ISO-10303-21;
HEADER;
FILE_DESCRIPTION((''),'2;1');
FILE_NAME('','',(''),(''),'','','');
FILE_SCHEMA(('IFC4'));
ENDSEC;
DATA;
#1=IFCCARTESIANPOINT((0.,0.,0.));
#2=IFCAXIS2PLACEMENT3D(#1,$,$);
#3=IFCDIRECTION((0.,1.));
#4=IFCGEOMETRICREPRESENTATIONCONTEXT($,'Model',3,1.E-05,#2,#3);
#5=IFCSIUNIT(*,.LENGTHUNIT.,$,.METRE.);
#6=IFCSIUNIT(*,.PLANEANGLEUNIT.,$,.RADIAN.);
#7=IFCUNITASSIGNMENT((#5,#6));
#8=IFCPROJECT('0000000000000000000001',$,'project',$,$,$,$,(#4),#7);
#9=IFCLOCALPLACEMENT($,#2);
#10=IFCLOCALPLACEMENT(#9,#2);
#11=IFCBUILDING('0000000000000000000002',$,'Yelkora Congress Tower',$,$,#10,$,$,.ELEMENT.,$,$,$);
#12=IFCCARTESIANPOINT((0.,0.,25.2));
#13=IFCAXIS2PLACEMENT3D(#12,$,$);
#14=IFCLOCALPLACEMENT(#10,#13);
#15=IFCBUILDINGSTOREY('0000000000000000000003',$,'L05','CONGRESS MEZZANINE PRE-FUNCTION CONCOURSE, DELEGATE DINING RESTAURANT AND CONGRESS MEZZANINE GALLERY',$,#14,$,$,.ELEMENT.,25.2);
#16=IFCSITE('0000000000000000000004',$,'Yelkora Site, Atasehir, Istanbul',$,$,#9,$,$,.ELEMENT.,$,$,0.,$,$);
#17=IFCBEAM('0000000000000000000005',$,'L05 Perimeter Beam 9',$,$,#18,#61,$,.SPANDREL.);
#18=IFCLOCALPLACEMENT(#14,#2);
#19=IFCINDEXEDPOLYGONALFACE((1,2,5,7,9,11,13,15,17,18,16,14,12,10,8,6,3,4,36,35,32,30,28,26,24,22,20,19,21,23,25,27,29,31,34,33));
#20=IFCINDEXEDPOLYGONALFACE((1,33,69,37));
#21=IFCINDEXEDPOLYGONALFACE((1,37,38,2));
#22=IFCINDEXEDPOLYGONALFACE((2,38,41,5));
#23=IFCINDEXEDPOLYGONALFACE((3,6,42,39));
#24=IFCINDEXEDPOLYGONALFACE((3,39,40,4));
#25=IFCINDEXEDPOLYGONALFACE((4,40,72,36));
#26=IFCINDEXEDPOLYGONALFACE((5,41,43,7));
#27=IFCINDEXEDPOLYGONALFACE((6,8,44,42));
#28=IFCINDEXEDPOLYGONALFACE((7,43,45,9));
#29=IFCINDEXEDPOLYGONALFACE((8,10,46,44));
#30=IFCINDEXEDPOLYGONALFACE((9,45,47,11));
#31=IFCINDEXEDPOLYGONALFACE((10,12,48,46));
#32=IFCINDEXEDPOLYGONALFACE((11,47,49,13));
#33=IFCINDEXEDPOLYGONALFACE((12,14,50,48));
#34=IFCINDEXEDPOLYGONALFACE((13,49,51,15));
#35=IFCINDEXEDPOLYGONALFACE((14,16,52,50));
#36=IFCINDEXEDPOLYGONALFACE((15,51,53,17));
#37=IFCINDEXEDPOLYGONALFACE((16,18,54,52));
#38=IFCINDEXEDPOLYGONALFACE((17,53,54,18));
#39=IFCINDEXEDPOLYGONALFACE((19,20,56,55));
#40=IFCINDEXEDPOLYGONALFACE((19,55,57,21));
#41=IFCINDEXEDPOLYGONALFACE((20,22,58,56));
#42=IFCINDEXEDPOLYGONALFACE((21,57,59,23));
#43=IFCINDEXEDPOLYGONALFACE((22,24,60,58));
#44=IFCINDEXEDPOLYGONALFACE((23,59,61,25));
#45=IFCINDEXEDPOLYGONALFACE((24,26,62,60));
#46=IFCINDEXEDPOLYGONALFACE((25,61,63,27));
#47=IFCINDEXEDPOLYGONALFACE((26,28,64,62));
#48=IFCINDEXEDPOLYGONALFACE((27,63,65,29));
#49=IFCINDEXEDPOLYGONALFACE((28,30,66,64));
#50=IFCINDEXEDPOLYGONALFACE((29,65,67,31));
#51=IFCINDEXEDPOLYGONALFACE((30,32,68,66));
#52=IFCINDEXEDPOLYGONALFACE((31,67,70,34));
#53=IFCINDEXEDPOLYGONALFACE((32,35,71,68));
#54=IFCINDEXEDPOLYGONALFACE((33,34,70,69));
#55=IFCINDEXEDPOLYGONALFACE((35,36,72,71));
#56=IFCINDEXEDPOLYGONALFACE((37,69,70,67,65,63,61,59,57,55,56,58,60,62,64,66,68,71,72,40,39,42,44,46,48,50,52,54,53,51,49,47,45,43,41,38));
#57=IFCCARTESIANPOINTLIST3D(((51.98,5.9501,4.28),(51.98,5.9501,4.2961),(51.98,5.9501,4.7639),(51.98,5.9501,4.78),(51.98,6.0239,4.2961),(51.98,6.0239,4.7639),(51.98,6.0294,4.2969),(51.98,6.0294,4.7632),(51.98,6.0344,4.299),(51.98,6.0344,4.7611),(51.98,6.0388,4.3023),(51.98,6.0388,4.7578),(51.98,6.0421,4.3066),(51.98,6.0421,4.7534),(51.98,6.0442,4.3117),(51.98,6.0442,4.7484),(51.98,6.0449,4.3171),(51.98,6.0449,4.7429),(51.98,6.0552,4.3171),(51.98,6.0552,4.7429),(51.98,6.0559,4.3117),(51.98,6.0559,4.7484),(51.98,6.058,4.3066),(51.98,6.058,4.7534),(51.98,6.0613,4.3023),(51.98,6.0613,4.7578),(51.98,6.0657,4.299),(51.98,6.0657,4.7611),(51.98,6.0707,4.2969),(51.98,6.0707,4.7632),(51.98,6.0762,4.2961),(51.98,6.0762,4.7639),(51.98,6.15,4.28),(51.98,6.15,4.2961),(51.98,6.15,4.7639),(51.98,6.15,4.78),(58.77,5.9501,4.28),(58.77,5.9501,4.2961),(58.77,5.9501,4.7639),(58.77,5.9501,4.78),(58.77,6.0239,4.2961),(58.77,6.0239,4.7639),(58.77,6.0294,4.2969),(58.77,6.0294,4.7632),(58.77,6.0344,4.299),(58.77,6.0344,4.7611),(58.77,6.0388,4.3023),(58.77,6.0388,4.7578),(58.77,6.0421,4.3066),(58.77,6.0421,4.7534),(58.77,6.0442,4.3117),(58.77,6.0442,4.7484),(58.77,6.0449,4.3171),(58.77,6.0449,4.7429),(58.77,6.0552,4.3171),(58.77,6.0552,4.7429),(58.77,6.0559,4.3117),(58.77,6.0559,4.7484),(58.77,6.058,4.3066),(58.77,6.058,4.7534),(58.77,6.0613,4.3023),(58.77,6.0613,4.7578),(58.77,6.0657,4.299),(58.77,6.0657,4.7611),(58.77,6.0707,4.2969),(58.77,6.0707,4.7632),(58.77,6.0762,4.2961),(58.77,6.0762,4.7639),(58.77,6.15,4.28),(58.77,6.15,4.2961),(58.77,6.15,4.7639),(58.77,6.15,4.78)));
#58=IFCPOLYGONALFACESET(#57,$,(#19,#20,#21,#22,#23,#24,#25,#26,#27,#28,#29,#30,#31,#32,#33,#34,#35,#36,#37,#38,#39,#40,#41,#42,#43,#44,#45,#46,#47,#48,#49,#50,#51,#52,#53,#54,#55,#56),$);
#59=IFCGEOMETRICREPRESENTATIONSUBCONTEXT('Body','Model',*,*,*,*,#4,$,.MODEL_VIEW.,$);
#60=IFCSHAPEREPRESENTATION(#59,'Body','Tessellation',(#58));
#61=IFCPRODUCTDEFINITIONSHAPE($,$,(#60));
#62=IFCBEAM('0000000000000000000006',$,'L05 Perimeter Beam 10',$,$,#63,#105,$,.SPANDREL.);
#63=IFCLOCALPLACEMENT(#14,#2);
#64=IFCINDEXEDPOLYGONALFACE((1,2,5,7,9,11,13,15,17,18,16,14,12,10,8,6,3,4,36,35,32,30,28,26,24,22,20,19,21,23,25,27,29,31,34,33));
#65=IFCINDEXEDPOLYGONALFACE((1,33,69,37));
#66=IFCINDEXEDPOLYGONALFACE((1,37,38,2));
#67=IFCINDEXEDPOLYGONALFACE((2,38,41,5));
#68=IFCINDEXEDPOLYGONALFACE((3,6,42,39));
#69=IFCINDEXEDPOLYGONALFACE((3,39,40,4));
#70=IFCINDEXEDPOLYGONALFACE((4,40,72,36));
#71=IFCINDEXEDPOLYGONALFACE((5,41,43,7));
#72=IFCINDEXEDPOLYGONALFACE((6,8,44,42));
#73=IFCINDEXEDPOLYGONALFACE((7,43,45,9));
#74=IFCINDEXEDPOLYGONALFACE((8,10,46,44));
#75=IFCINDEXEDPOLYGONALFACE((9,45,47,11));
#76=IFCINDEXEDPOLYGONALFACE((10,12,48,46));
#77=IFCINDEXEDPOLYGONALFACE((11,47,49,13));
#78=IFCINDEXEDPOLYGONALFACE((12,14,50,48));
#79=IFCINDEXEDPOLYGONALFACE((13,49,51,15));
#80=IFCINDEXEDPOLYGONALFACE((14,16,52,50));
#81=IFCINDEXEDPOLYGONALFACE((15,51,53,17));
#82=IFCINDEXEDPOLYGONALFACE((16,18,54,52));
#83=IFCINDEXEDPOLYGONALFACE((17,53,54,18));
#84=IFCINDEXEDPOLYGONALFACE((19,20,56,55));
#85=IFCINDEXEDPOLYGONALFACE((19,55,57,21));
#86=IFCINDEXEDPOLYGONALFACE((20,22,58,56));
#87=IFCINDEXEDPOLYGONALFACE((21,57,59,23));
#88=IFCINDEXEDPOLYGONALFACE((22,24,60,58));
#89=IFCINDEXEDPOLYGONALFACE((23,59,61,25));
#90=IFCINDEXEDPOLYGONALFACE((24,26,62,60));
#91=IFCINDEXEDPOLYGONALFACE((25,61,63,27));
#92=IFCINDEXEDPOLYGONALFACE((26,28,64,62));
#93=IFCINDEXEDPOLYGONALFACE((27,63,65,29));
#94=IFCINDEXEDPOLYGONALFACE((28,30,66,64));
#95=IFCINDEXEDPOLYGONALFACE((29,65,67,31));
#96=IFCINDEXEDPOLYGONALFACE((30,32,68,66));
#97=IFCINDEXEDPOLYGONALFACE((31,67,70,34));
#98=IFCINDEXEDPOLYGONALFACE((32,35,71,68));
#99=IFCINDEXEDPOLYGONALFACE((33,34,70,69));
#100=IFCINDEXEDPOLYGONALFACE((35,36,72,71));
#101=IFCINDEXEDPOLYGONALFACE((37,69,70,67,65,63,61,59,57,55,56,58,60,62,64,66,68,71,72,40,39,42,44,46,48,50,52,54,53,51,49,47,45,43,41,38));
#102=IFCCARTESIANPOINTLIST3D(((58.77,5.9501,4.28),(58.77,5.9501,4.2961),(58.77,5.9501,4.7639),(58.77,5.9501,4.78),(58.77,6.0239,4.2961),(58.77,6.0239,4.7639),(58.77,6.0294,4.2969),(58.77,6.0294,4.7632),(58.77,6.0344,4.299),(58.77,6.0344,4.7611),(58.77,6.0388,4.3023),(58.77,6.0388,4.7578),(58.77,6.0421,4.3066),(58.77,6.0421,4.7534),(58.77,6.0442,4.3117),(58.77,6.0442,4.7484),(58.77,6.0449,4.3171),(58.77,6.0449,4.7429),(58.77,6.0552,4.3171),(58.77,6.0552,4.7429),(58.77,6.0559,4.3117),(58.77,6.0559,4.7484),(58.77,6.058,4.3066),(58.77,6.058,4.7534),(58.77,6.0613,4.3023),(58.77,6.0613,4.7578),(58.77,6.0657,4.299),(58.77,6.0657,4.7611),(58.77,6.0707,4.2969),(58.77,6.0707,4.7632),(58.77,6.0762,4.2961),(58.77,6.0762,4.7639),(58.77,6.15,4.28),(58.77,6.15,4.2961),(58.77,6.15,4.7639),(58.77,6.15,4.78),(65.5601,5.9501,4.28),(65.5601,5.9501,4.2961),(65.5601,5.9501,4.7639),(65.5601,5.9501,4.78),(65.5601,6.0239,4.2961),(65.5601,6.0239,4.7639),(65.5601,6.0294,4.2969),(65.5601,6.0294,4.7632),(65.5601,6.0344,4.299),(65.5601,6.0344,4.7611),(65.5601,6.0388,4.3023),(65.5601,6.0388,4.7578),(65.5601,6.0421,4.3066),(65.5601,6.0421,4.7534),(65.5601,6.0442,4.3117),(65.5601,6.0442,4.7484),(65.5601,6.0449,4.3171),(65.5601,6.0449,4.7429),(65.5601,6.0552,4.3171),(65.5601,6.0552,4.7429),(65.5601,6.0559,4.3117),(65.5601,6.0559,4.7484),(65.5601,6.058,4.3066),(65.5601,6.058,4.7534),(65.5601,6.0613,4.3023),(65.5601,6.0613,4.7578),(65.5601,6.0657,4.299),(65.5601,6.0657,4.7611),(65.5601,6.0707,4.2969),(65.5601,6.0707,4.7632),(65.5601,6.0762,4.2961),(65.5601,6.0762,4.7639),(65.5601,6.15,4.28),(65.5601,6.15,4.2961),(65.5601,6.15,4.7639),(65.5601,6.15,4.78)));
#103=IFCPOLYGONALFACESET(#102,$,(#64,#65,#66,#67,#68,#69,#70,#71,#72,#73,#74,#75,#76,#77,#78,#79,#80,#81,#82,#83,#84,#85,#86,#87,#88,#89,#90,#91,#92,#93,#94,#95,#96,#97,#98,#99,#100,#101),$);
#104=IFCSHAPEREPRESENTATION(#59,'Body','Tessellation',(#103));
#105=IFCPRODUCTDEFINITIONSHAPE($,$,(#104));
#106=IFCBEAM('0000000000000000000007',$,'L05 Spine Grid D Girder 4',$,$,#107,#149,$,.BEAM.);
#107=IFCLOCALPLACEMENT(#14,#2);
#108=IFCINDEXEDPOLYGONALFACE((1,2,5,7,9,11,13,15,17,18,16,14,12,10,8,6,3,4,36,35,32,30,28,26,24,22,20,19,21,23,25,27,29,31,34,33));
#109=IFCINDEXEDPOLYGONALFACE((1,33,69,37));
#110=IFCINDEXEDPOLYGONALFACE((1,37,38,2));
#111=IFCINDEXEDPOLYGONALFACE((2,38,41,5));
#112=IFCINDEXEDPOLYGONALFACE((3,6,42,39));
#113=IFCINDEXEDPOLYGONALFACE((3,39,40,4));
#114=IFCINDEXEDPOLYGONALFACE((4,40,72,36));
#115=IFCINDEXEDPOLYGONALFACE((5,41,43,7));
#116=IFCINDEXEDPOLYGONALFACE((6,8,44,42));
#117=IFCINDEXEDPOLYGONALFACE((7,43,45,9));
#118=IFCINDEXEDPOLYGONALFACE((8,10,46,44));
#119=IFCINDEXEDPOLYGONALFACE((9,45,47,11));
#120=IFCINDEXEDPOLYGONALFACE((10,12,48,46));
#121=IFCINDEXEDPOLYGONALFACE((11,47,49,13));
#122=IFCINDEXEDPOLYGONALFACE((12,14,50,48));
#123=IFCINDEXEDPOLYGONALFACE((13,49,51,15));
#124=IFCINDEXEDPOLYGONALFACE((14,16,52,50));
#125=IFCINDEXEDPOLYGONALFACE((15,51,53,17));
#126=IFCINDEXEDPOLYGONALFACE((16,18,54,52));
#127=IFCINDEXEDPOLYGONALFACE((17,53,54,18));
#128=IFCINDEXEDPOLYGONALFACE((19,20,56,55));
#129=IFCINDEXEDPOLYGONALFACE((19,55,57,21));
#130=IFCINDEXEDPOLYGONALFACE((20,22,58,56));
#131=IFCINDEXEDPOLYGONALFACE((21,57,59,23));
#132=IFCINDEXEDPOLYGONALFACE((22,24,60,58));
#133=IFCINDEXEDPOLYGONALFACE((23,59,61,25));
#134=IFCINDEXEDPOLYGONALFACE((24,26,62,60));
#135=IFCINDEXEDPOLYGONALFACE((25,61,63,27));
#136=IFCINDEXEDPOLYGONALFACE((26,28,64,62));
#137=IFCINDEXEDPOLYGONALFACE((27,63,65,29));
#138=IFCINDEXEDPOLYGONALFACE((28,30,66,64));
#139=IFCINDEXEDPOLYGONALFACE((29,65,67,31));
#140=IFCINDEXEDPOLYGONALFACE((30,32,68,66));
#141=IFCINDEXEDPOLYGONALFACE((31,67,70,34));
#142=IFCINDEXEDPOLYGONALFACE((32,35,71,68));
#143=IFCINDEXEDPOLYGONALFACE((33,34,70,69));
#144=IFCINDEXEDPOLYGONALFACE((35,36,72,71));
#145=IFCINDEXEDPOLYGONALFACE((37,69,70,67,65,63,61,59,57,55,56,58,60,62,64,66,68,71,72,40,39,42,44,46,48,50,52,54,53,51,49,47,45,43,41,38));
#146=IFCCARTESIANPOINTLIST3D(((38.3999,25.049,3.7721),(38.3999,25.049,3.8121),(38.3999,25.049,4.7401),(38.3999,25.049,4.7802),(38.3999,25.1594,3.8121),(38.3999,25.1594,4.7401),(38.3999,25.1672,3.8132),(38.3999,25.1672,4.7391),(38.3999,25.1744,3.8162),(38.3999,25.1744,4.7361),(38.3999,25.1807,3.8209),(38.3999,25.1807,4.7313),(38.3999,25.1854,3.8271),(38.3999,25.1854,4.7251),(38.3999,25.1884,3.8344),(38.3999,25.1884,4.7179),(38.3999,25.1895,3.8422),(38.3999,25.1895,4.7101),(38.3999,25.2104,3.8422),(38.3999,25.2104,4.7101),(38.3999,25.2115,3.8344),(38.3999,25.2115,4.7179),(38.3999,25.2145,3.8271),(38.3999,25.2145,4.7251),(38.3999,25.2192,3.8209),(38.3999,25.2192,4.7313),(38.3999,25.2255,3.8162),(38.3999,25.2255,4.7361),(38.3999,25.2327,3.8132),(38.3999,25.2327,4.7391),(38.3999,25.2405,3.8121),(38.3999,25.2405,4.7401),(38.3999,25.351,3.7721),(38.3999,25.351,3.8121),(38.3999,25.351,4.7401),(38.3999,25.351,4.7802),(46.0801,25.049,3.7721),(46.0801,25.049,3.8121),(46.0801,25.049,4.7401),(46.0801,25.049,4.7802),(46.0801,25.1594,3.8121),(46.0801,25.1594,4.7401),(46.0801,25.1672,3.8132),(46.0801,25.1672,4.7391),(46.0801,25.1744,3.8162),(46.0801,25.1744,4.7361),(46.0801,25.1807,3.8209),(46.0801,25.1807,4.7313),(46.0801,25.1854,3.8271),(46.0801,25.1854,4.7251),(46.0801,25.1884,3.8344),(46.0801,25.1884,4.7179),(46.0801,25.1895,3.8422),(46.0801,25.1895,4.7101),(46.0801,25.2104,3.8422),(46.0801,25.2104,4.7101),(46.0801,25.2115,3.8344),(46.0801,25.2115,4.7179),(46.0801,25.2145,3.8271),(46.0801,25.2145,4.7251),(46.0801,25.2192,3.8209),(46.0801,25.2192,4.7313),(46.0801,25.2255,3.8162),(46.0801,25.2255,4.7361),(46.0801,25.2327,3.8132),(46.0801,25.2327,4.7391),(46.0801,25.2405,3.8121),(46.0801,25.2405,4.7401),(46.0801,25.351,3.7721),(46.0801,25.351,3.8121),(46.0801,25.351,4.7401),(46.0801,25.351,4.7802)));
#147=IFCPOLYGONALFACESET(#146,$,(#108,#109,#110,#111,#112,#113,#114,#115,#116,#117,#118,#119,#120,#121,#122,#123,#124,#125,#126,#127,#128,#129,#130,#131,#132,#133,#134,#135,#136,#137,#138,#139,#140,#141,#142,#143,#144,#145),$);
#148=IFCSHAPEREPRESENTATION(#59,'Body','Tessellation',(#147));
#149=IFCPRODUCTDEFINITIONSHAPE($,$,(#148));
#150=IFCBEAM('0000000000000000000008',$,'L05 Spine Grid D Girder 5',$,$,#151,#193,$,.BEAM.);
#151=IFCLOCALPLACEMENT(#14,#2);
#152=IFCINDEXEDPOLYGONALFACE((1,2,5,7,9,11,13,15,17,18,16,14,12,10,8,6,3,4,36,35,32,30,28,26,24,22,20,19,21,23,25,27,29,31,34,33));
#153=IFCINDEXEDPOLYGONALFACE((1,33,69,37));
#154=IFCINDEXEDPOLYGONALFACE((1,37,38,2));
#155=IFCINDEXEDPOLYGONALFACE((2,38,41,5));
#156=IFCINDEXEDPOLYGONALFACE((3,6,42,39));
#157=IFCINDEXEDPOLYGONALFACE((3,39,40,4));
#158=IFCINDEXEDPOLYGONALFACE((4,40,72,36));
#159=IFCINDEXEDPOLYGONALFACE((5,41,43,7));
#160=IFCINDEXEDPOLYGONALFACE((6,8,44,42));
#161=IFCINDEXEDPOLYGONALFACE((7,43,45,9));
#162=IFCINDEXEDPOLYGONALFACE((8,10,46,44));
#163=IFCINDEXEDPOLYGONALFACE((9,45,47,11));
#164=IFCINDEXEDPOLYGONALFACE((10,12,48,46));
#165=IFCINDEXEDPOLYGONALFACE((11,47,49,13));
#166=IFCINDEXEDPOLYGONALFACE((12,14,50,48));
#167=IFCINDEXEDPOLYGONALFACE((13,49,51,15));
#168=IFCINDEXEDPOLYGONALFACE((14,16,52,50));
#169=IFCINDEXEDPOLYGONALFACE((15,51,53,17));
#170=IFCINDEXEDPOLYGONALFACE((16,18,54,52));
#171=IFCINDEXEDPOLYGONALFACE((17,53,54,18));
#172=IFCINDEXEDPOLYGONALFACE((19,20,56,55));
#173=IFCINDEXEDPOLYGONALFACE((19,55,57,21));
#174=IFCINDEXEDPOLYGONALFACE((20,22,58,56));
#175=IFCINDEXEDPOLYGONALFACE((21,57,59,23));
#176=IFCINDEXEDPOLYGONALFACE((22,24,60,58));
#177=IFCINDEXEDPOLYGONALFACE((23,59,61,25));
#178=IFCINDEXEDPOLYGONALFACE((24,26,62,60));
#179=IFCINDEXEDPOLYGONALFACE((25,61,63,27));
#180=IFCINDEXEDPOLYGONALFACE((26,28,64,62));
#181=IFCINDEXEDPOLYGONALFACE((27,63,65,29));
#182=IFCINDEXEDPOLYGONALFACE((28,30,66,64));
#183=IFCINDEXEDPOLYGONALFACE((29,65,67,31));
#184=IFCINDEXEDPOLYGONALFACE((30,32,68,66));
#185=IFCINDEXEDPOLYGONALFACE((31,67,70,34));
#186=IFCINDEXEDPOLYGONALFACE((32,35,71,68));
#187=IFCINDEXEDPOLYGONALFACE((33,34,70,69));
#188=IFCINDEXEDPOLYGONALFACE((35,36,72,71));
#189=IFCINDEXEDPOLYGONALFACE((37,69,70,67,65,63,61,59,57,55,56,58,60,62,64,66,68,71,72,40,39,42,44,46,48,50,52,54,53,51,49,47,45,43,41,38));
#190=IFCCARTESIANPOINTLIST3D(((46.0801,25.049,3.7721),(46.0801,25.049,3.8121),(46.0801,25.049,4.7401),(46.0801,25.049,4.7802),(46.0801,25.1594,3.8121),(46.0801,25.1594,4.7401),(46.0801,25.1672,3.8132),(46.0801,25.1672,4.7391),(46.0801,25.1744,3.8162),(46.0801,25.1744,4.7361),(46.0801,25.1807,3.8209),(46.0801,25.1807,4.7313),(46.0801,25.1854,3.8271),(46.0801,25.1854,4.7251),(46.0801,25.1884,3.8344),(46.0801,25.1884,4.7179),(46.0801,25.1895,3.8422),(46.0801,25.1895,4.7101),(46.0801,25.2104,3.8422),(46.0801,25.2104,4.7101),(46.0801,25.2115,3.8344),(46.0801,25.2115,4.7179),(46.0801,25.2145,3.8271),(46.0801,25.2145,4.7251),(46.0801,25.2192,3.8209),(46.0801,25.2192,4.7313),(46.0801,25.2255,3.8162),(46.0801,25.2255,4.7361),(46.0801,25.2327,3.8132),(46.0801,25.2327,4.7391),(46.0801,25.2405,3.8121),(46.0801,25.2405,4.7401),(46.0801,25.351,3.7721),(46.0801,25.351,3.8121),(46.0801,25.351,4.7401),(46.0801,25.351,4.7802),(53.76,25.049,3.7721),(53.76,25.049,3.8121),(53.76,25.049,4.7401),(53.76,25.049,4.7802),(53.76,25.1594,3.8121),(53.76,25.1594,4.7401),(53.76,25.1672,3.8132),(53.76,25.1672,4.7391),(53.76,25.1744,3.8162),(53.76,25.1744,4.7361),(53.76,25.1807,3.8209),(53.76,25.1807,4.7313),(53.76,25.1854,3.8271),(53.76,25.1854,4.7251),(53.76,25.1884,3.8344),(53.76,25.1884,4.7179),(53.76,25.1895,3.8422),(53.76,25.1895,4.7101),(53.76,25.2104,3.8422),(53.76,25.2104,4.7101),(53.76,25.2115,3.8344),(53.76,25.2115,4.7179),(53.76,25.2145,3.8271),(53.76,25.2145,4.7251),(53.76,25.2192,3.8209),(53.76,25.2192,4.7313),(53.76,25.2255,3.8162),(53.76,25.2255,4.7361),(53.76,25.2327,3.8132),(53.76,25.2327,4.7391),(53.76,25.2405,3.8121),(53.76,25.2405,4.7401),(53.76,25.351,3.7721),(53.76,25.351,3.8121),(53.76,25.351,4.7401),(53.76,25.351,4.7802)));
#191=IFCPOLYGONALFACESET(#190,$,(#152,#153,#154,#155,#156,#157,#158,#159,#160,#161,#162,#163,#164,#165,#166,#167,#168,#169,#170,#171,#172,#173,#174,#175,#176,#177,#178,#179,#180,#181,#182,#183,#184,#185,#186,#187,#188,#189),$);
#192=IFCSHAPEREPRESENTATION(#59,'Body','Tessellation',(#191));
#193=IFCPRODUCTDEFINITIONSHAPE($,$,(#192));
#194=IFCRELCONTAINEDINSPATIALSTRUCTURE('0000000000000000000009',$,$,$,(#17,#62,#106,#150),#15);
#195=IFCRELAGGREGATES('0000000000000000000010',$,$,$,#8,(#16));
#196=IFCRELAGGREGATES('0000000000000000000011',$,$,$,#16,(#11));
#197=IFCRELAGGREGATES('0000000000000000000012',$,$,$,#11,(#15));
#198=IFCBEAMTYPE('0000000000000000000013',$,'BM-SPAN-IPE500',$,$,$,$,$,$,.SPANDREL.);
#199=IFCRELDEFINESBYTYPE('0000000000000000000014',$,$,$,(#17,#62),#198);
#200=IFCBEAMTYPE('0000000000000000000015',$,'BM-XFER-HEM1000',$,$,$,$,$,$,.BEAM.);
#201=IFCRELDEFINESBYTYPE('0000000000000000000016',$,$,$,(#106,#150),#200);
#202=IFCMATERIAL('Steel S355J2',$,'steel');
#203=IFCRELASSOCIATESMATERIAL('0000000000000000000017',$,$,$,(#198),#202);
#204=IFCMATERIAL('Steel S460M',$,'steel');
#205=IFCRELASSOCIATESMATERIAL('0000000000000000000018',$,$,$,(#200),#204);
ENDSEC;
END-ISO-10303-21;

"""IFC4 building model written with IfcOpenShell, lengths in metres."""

from ifc_helpers import new_model, si_unit, direction, frame, origin, origin_2d, place, context, subcontext, project, spatial, i_section, extrude, material, material_profile, profile_set, type_object, element, save


model = new_model("IFC4")

# Units and contexts
model_context = context("Model", 3, precision=1e-05, world=origin(), true_north=direction((0.0, 1.0)))
body_context = subcontext(model_context, "Body", "Model", "MODEL_VIEW")
ifc_project = project(units=[si_unit("LENGTHUNIT", "METRE"), si_unit("PLANEANGLEUNIT", "RADIAN")], contexts=[model_context])

# Site, building, storey
site_placement = place(None, origin())
site = spatial("IfcSite", under=ifc_project, at=site_placement, Name="Yelkora Site, Atasehir, Istanbul", CompositionType="ELEMENT", RefElevation=0.0)
building_placement = place(site_placement, origin())
building = spatial("IfcBuilding", under=site, at=building_placement, Name="Yelkora Congress Tower", CompositionType="ELEMENT")
storey_placement = place(building_placement, frame((0.0, 0.0, 25.2)))
storey = spatial("IfcBuildingStorey", under=building, at=storey_placement, Name="L05", Description="CONGRESS MEZZANINE PRE-FUNCTION CONCOURSE, DELEGATE DINING RESTAURANT AND CONGRESS MEZZANINE GALLERY", CompositionType="ELEMENT", Elevation=25.2)

# Beams
ifc_material_1 = material(Name="Steel S355J2", Category="steel")
ifc_material_profile_1 = material_profile(ifc_material_1, i_section(OverallWidth=0.2, OverallDepth=0.5, WebThickness=0.0103, FlangeThickness=0.0161, FilletRadius=0.021, at=origin_2d()), Name="IPE 500")
ifc_profile_set_1 = profile_set([ifc_material_profile_1], Name="Steel S355J2")
beam_type_1 = type_object("IfcBeamType", Name="BM-SPAN-IPE500", PredefinedType="SPANDREL", material=ifc_profile_set_1)
for number, where, z_axis, x_axis, name in (
    (1, (51.98, 6.05, 4.53), (1.0, 0.0, 0.0), (0.0, 1.0, 0.0), "L05 Perimeter Beam 9"),
    (2, (58.77, 6.05, 4.53), (1.0, 0.0, 0.0), (0.0, 1.0, 0.0), "L05 Perimeter Beam 10"),
):
    element("IfcBeam", number, at=place(storey_placement, frame(where, z_axis=z_axis, x_axis=x_axis)), inside=storey, type_object=beam_type_1, Name=name, PredefinedType="SPANDREL", context=body_context, shape_type="SweptSolid", body=[
        extrude(i_section(OverallWidth=0.2, OverallDepth=0.5, WebThickness=0.0103, FlangeThickness=0.0161, FilletRadius=0.021, at=origin_2d()), origin(), (0.0, 0.0, 1.0), 6.79),
    ])
ifc_material_2 = material(Name="Steel S460M", Category="steel")
ifc_material_profile_2 = material_profile(ifc_material_2, i_section(OverallWidth=0.302, OverallDepth=1.0081, WebThickness=0.021, FlangeThickness=0.04, FilletRadius=0.03, at=origin_2d()), Name="HEM 1000")
ifc_profile_set_2 = profile_set([ifc_material_profile_2], Name="Steel S460M")
beam_type_2 = type_object("IfcBeamType", Name="BM-XFER-HEM1000", PredefinedType="BEAM", material=ifc_profile_set_2)
beam_1_placement = place(storey_placement, frame((38.3999, 25.2, 4.2761), z_axis=(1.0, 0.0, 0.0), x_axis=(0.0, 1.0, 0.0)))
element("IfcBeam", 3, at=beam_1_placement, inside=storey, type_object=beam_type_2, Name="L05 Spine Grid D Girder 4", PredefinedType="BEAM", context=body_context, shape_type="SweptSolid", body=[
    extrude(i_section(OverallWidth=0.302, OverallDepth=1.0081, WebThickness=0.021, FlangeThickness=0.04, FilletRadius=0.03, at=origin_2d()), origin(), (0.0, 0.0, 1.0), 7.6802),
])
beam_2_placement = place(storey_placement, frame((46.0801, 25.2, 4.2761), z_axis=(1.0, 0.0, 0.0), x_axis=(0.0, 1.0, 0.0)))
element("IfcBeam", 4, at=beam_2_placement, inside=storey, type_object=beam_type_2, Name="L05 Spine Grid D Girder 5", PredefinedType="BEAM", context=body_context, shape_type="SweptSolid", body=[
    extrude(i_section(OverallWidth=0.302, OverallDepth=1.0081, WebThickness=0.021, FlangeThickness=0.04, FilletRadius=0.03, at=origin_2d()), origin(), (0.0, 0.0, 1.0), 7.6799),
])

save(model, "model.ifc")
